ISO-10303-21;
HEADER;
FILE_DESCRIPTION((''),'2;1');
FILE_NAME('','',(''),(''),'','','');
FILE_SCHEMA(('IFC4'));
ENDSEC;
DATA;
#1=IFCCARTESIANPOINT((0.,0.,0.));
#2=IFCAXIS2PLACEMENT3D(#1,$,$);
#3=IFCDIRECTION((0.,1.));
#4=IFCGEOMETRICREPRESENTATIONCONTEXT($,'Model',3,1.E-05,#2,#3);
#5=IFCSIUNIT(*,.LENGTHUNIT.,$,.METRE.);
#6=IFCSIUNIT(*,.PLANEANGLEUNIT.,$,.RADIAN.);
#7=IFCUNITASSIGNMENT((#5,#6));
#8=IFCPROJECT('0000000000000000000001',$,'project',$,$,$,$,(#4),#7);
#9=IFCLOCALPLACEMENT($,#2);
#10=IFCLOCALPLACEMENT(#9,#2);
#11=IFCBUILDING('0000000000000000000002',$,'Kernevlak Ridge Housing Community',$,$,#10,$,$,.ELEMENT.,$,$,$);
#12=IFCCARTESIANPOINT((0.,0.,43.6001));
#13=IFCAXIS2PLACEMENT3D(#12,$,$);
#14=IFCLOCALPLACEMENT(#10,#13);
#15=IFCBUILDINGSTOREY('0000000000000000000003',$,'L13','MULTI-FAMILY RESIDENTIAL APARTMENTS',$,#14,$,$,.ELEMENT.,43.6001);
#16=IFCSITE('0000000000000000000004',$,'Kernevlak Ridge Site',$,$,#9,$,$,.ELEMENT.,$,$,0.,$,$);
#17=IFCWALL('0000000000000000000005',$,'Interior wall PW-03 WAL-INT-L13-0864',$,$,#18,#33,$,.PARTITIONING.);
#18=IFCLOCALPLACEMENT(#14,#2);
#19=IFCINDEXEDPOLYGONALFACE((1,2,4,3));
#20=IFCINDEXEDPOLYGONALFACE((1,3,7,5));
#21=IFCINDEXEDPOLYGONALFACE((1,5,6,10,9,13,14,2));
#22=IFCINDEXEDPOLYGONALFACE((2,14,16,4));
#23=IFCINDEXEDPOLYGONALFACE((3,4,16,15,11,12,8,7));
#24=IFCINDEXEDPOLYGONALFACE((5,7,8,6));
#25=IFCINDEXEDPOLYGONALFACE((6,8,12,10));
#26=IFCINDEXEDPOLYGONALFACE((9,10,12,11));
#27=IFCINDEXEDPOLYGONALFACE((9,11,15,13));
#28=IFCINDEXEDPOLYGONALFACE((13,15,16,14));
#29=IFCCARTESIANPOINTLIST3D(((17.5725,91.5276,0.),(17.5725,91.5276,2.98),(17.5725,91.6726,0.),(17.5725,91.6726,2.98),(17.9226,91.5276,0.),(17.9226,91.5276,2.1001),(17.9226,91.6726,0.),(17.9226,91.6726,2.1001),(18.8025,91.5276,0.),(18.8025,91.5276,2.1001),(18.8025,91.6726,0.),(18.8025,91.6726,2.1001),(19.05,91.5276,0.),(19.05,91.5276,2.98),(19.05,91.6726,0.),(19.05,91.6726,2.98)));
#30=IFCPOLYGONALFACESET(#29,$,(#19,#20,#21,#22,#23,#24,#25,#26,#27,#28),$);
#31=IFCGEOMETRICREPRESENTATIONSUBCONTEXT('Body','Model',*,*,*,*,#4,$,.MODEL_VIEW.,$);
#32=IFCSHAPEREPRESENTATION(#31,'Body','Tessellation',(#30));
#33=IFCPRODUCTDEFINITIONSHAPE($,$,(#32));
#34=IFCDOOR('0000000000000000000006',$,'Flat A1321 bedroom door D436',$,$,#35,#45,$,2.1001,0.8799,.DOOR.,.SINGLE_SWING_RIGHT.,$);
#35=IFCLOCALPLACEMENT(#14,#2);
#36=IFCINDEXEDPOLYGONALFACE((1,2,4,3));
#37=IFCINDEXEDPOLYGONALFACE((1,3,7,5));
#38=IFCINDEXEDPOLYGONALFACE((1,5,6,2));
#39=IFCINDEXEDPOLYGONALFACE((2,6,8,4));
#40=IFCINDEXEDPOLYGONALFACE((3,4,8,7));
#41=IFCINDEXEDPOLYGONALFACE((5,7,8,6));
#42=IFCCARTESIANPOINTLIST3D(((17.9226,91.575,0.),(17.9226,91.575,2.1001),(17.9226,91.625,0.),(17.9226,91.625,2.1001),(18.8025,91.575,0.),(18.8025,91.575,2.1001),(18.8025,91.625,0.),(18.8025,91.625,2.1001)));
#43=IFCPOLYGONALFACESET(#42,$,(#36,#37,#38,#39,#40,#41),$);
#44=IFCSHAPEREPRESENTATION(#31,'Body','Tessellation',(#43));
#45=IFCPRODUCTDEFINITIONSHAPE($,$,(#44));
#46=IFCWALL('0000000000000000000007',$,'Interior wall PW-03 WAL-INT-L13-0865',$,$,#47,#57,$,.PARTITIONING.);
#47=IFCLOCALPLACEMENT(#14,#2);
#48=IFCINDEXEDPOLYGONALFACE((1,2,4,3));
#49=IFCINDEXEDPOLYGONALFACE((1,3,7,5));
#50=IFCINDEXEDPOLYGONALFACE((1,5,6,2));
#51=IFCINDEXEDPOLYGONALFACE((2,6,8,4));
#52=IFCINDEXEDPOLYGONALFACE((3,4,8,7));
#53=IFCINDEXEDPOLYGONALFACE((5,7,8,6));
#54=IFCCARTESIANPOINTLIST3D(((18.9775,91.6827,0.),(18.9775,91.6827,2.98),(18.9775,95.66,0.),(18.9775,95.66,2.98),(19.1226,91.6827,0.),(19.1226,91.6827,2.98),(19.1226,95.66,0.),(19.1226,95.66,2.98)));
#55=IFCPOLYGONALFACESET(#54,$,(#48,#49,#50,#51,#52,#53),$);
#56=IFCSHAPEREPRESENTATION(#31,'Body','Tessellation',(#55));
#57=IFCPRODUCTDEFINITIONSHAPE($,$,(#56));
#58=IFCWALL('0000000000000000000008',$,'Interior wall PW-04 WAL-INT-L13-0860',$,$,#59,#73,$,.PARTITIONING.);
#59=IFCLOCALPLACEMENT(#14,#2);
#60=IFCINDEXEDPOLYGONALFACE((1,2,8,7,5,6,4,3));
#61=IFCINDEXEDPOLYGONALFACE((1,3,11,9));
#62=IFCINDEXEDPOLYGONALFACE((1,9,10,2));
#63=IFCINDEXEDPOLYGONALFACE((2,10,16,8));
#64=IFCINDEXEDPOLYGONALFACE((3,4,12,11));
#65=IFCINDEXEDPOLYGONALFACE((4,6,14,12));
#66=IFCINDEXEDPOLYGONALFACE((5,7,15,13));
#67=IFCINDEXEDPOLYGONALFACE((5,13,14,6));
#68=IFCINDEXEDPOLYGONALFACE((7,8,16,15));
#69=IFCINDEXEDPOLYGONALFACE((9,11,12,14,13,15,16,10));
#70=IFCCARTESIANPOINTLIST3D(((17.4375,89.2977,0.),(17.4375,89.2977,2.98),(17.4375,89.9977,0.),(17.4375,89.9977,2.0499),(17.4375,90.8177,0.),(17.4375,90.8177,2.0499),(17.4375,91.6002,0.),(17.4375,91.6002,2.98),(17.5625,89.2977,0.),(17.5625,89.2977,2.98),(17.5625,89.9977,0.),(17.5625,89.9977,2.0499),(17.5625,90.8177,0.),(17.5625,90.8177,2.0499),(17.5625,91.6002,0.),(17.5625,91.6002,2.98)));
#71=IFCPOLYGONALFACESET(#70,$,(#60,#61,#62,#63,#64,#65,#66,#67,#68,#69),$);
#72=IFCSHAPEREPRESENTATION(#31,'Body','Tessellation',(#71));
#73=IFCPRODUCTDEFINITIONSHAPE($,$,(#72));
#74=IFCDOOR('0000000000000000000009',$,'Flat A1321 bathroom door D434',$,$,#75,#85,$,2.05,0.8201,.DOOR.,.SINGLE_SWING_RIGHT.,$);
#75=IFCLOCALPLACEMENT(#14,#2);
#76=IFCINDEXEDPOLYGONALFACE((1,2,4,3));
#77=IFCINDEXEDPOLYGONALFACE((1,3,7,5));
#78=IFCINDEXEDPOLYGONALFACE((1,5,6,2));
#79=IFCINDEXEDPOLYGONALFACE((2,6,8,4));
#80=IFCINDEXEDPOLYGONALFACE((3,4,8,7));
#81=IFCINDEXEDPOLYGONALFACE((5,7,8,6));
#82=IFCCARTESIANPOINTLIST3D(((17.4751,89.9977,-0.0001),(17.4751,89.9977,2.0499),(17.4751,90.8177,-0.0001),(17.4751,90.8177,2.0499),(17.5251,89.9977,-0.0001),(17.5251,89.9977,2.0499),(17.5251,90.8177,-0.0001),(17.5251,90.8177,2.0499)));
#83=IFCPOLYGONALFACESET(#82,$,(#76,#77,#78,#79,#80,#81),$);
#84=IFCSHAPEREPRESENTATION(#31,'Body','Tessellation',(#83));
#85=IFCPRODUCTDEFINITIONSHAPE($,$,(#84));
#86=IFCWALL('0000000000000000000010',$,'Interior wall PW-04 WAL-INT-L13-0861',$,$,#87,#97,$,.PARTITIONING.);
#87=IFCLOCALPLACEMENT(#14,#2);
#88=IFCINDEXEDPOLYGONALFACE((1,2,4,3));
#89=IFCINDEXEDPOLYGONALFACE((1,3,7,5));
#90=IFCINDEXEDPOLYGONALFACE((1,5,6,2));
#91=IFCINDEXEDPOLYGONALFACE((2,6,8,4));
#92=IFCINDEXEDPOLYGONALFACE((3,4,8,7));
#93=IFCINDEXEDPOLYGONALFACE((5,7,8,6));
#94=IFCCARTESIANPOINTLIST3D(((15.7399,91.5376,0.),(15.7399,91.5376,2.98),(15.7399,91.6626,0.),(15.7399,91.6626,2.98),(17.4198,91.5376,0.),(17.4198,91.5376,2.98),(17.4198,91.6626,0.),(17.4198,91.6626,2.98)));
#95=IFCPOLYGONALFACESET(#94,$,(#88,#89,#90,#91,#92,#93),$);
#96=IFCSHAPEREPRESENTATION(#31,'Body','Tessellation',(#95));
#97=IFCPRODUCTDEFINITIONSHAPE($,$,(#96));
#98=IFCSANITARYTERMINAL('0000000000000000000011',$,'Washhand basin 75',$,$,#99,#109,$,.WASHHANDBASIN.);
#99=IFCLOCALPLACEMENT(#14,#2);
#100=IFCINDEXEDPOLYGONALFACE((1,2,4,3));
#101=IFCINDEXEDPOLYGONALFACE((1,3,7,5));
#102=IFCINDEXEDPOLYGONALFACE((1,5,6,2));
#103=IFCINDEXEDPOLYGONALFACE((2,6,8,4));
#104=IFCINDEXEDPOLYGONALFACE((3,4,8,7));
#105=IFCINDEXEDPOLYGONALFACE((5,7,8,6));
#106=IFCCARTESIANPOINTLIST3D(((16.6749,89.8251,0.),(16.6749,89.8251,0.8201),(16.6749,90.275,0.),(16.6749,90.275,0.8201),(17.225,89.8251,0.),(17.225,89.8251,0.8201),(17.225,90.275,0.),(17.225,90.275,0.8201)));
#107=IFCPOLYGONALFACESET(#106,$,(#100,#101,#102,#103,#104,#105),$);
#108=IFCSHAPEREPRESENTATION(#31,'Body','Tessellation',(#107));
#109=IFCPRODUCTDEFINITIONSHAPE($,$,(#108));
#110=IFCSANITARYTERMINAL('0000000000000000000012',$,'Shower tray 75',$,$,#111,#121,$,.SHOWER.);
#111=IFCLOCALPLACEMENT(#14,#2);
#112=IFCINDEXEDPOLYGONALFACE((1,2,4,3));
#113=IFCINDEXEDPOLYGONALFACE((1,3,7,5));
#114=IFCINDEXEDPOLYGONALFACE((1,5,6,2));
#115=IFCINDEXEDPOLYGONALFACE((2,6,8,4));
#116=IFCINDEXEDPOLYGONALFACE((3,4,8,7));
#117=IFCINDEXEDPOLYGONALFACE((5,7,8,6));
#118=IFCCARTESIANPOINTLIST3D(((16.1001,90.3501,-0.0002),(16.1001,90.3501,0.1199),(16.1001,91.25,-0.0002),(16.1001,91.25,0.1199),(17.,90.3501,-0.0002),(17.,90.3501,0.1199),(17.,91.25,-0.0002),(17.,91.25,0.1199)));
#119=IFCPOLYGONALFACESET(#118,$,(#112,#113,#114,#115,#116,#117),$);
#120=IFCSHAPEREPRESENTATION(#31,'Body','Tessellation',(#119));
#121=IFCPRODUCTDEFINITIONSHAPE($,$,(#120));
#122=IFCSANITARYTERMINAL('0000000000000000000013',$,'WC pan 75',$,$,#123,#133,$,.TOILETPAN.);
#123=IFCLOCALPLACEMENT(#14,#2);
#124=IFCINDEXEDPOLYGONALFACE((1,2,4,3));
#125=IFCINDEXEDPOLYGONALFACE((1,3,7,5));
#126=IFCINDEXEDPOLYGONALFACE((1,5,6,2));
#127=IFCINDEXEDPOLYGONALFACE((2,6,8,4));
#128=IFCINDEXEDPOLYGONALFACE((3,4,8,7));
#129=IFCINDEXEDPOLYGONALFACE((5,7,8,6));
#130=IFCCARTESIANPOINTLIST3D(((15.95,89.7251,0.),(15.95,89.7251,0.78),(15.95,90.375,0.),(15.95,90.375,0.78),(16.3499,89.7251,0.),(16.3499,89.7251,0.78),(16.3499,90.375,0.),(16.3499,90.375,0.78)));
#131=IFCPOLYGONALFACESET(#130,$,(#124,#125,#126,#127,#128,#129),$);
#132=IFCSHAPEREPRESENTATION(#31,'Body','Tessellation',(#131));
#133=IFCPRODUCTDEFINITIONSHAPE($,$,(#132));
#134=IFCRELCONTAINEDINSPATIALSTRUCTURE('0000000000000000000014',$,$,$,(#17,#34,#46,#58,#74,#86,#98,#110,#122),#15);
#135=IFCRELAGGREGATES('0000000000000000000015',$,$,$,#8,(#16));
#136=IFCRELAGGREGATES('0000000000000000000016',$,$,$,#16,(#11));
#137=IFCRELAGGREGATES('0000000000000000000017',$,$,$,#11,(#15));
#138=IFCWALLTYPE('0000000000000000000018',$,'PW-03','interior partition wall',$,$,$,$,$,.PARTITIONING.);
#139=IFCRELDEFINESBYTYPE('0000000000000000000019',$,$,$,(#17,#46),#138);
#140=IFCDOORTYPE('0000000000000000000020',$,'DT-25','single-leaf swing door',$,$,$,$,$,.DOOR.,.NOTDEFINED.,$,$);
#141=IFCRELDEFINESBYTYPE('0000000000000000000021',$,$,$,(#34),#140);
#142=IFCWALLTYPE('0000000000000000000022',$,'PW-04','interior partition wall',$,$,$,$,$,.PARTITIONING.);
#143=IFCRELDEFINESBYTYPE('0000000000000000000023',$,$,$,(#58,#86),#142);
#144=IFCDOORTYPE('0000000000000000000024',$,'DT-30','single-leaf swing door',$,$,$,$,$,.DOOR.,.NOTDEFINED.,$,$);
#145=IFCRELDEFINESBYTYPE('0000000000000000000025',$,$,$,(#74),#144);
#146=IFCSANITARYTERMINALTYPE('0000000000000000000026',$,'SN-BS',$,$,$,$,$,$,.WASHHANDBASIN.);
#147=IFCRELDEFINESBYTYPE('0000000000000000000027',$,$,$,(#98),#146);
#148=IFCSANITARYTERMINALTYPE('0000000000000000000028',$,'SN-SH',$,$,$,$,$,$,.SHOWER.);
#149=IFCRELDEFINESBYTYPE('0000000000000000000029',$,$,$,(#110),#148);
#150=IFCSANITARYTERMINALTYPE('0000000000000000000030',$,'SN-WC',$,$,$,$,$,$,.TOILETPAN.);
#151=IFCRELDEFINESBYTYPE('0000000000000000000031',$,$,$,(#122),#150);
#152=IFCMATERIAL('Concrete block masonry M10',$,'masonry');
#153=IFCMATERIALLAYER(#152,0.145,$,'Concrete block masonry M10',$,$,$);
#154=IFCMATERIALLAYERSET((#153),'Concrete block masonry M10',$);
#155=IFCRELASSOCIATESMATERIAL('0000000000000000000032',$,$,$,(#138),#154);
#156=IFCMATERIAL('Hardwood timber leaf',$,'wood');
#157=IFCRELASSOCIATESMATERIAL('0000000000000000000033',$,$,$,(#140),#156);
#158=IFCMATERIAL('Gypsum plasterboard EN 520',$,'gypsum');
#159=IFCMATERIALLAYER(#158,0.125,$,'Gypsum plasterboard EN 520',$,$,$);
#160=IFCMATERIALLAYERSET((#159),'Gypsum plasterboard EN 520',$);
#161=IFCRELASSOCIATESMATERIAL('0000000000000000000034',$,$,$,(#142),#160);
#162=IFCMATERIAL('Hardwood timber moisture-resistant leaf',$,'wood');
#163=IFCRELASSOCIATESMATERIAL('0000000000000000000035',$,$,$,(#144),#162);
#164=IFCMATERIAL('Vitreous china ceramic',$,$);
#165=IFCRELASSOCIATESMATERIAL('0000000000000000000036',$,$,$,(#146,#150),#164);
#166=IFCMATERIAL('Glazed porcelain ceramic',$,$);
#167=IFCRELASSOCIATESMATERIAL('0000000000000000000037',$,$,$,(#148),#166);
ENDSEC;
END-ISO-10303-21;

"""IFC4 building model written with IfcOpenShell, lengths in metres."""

from ifc_helpers import new_model, si_unit, direction, frame, frame_2d, origin, origin_2d, place, context, subcontext, project, spatial, rectangle, extrude, material, layer, layer_set, type_object, element, fill, save


model = new_model("IFC4")

# Units and contexts
model_context = context("Model", 3, precision=1e-05, world=origin(), true_north=direction((0.0, 1.0)))
body_context = subcontext(model_context, "Body", "Model", "MODEL_VIEW")
ifc_project = project(units=[si_unit("LENGTHUNIT", "METRE"), si_unit("PLANEANGLEUNIT", "RADIAN")], contexts=[model_context])

# Site, building, storey
site_placement = place(None, origin())
site = spatial("IfcSite", under=ifc_project, at=site_placement, Name="Kernevlak Ridge Site", CompositionType="ELEMENT", RefElevation=0.0)
building_placement = place(site_placement, origin())
building = spatial("IfcBuilding", under=site, at=building_placement, Name="Kernevlak Ridge Housing Community", CompositionType="ELEMENT")
storey_placement = place(building_placement, frame((0.0, 0.0, 43.6001)))
storey = spatial("IfcBuildingStorey", under=building, at=storey_placement, Name="L13", Description="MULTI-FAMILY RESIDENTIAL APARTMENTS", CompositionType="ELEMENT", Elevation=43.6001)

# Shared definitions
ifc_material_1 = material(Name="Concrete block masonry M10", Category="masonry")

# Wall, opening, door
ifc_layer_1 = layer(ifc_material_1, 0.145, Name="Concrete block masonry M10")
ifc_layer_set_1 = layer_set([ifc_layer_1], Name="Concrete block masonry M10")
wall_type_1 = type_object("IfcWallType", Name="PW-03", Description="interior partition wall", PredefinedType="PARTITIONING", material=ifc_layer_set_1)
wall_1_placement = place(storey_placement, frame((17.5725, 91.6001, 0.0), z_axis=(0.0, 0.0, 1.0), x_axis=(1.0, 0.0, 0.0)))
wall_1 = element("IfcWall", 1, at=wall_1_placement, inside=storey, type_object=wall_type_1, Name="Interior wall PW-03 WAL-INT-L13-0864", PredefinedType="PARTITIONING", context=body_context, shape_type="SweptSolid", body=[
    extrude(rectangle(XDim=1.4775, YDim=0.145, at=frame_2d((0.7388, 0.0))), origin(), (0.0, 0.0, 1.0), 2.98),
])
opening_1_placement = place(wall_1_placement, frame((0.3501, 0.0, 0.0)))
opening_1 = element("IfcOpeningElement", 2, at=opening_1_placement, cuts=wall_1, PredefinedType="OPENING", context=body_context, shape_type="SweptSolid", body=[
    extrude(rectangle(XDim=0.8799, YDim=2.1001, at=frame_2d((0.4399, 1.05))), frame((0.0, 0.0825, 0.0), z_axis=(0.0, -1.0, 0.0), x_axis=(1.0, 0.0, 0.0)), (0.0, 0.0, 1.0), 0.165),
])
ifc_material_2 = material(Name="Hardwood timber leaf", Category="wood")
door_type_1 = type_object("IfcDoorType", Name="DT-25", Description="single-leaf swing door", OperationType="NOTDEFINED", PredefinedType="DOOR", material=ifc_material_2)
door_1_placement = place(opening_1_placement, origin())
door_1 = element("IfcDoor", 3, at=door_1_placement, inside=storey, type_object=door_type_1, Name="Flat A1321 bedroom door D436", OperationType="SINGLE_SWING_RIGHT", OverallHeight=2.1001, OverallWidth=0.8799, PredefinedType="DOOR", context=body_context, shape_type="SweptSolid", body=[
    extrude(rectangle(XDim=0.8799, YDim=2.1001, at=frame_2d((0.4399, 1.05))), frame((0.0, 0.0249, 0.0), z_axis=(0.0, -1.0, 0.0), x_axis=(1.0, 0.0, 0.0)), (0.0, 0.0, 1.0), 0.05),
])
fill(opening_1, door_1)

# Wall
wall_2_placement = place(storey_placement, frame((19.05, 91.6826, 0.0), z_axis=(0.0, 0.0, 1.0), x_axis=(0.0, 1.0, 0.0)))
element("IfcWall", 4, at=wall_2_placement, inside=storey, type_object=wall_type_1, Name="Interior wall PW-03 WAL-INT-L13-0865", PredefinedType="PARTITIONING", context=body_context, shape_type="SweptSolid", body=[
    extrude(rectangle(XDim=3.9773, YDim=0.145, at=frame_2d((1.9888, 0.0))), origin(), (0.0, 0.0, 1.0), 2.98),
])

# Wall, opening, door
ifc_material_3 = material(Name="Gypsum plasterboard EN 520", Category="gypsum")
ifc_layer_2 = layer(ifc_material_3, 0.125, Name="Gypsum plasterboard EN 520")
ifc_layer_set_2 = layer_set([ifc_layer_2], Name="Gypsum plasterboard EN 520")
wall_type_2 = type_object("IfcWallType", Name="PW-04", Description="interior partition wall", PredefinedType="PARTITIONING", material=ifc_layer_set_2)
wall_3_placement = place(storey_placement, frame((17.5, 89.2976, 0.0), z_axis=(0.0, 0.0, 1.0), x_axis=(0.0, 1.0, 0.0)))
wall_3 = element("IfcWall", 5, at=wall_3_placement, inside=storey, type_object=wall_type_2, Name="Interior wall PW-04 WAL-INT-L13-0860", PredefinedType="PARTITIONING", context=body_context, shape_type="SweptSolid", body=[
    extrude(rectangle(XDim=2.3025, YDim=0.125, at=frame_2d((1.1514, 0.0))), origin(), (0.0, 0.0, 1.0), 2.98),
])
opening_2_placement = place(wall_3_placement, frame((0.7, 0.0, 0.0)))
opening_2 = element("IfcOpeningElement", 6, at=opening_2_placement, cuts=wall_3, PredefinedType="OPENING", context=body_context, shape_type="SweptSolid", body=[
    extrude(rectangle(XDim=0.8201, YDim=2.05, at=frame_2d((0.4102, 1.0249))), frame((0.0, 0.0725, 0.0), z_axis=(0.0, -1.0, 0.0), x_axis=(1.0, 0.0, 0.0)), (0.0, 0.0, 1.0), 0.145),
])
ifc_material_4 = material(Name="Hardwood timber moisture-resistant leaf", Category="wood")
door_type_2 = type_object("IfcDoorType", Name="DT-30", Description="single-leaf swing door", OperationType="NOTDEFINED", PredefinedType="DOOR", material=ifc_material_4)
door_2_placement = place(opening_2_placement, origin())
door_2 = element("IfcDoor", 7, at=door_2_placement, inside=storey, type_object=door_type_2, Name="Flat A1321 bathroom door D434", OperationType="SINGLE_SWING_RIGHT", OverallHeight=2.05, OverallWidth=0.8201, PredefinedType="DOOR", context=body_context, shape_type="SweptSolid", body=[
    extrude(rectangle(XDim=0.8201, YDim=2.05, at=frame_2d((0.4102, 1.0249))), frame((0.0, 0.0249, 0.0), z_axis=(0.0, -1.0, 0.0), x_axis=(1.0, 0.0, 0.0)), (0.0, 0.0, 1.0), 0.05),
])
fill(opening_2, door_2)

# Wall
wall_4_placement = place(storey_placement, frame((15.74, 91.6001, 0.0), z_axis=(0.0, 0.0, 1.0), x_axis=(1.0, 0.0, 0.0)))
element("IfcWall", 8, at=wall_4_placement, inside=storey, type_object=wall_type_2, Name="Interior wall PW-04 WAL-INT-L13-0861", PredefinedType="PARTITIONING", context=body_context, shape_type="SweptSolid", body=[
    extrude(rectangle(XDim=1.6799, YDim=0.125, at=frame_2d((0.8398, 0.0))), origin(), (0.0, 0.0, 1.0), 2.98),
])

# Sanitary terminals
ifc_material_5 = material(Name="Vitreous china ceramic")
sanitary_terminal_type_1 = type_object("IfcSanitaryTerminalType", Name="SN-BS", PredefinedType="WASHHANDBASIN", material=ifc_material_5)
sanitary_terminal_1_placement = place(storey_placement, frame((16.95, 90.05, 0.0), z_axis=(0.0, 0.0, 1.0), x_axis=(1.0, 0.0, 0.0)))
element("IfcSanitaryTerminal", 9, at=sanitary_terminal_1_placement, inside=storey, type_object=sanitary_terminal_type_1, Name="Washhand basin 75", PredefinedType="WASHHANDBASIN", context=body_context, shape_type="SweptSolid", body=[
    extrude(rectangle(XDim=0.55, YDim=0.45, at=origin_2d()), origin(), (0.0, 0.0, 1.0), 0.8201),
])
ifc_material_6 = material(Name="Glazed porcelain ceramic")
sanitary_terminal_type_2 = type_object("IfcSanitaryTerminalType", Name="SN-SH", PredefinedType="SHOWER", material=ifc_material_6)
sanitary_terminal_2_placement = place(storey_placement, frame((16.55, 90.8, -0.0002), z_axis=(0.0, 0.0, 1.0), x_axis=(1.0, 0.0, 0.0)))
element("IfcSanitaryTerminal", 10, at=sanitary_terminal_2_placement, inside=storey, type_object=sanitary_terminal_type_2, Name="Shower tray 75", PredefinedType="SHOWER", context=body_context, shape_type="SweptSolid", body=[
    extrude(rectangle(XDim=0.8999, YDim=0.8999, at=origin_2d()), origin(), (0.0, 0.0, 1.0), 0.1201),
])
sanitary_terminal_type_3 = type_object("IfcSanitaryTerminalType", Name="SN-WC", PredefinedType="TOILETPAN", material=ifc_material_5)
sanitary_terminal_3_placement = place(storey_placement, frame((16.1499, 90.05, 0.0), z_axis=(0.0, 0.0, 1.0), x_axis=(1.0, 0.0, 0.0)))
element("IfcSanitaryTerminal", 11, at=sanitary_terminal_3_placement, inside=storey, type_object=sanitary_terminal_type_3, Name="WC pan 75", PredefinedType="TOILETPAN", context=body_context, shape_type="SweptSolid", body=[
    extrude(rectangle(XDim=0.3999, YDim=0.6499, at=origin_2d()), origin(), (0.0, 0.0, 1.0), 0.78),
])

save(model, "model.ifc")
